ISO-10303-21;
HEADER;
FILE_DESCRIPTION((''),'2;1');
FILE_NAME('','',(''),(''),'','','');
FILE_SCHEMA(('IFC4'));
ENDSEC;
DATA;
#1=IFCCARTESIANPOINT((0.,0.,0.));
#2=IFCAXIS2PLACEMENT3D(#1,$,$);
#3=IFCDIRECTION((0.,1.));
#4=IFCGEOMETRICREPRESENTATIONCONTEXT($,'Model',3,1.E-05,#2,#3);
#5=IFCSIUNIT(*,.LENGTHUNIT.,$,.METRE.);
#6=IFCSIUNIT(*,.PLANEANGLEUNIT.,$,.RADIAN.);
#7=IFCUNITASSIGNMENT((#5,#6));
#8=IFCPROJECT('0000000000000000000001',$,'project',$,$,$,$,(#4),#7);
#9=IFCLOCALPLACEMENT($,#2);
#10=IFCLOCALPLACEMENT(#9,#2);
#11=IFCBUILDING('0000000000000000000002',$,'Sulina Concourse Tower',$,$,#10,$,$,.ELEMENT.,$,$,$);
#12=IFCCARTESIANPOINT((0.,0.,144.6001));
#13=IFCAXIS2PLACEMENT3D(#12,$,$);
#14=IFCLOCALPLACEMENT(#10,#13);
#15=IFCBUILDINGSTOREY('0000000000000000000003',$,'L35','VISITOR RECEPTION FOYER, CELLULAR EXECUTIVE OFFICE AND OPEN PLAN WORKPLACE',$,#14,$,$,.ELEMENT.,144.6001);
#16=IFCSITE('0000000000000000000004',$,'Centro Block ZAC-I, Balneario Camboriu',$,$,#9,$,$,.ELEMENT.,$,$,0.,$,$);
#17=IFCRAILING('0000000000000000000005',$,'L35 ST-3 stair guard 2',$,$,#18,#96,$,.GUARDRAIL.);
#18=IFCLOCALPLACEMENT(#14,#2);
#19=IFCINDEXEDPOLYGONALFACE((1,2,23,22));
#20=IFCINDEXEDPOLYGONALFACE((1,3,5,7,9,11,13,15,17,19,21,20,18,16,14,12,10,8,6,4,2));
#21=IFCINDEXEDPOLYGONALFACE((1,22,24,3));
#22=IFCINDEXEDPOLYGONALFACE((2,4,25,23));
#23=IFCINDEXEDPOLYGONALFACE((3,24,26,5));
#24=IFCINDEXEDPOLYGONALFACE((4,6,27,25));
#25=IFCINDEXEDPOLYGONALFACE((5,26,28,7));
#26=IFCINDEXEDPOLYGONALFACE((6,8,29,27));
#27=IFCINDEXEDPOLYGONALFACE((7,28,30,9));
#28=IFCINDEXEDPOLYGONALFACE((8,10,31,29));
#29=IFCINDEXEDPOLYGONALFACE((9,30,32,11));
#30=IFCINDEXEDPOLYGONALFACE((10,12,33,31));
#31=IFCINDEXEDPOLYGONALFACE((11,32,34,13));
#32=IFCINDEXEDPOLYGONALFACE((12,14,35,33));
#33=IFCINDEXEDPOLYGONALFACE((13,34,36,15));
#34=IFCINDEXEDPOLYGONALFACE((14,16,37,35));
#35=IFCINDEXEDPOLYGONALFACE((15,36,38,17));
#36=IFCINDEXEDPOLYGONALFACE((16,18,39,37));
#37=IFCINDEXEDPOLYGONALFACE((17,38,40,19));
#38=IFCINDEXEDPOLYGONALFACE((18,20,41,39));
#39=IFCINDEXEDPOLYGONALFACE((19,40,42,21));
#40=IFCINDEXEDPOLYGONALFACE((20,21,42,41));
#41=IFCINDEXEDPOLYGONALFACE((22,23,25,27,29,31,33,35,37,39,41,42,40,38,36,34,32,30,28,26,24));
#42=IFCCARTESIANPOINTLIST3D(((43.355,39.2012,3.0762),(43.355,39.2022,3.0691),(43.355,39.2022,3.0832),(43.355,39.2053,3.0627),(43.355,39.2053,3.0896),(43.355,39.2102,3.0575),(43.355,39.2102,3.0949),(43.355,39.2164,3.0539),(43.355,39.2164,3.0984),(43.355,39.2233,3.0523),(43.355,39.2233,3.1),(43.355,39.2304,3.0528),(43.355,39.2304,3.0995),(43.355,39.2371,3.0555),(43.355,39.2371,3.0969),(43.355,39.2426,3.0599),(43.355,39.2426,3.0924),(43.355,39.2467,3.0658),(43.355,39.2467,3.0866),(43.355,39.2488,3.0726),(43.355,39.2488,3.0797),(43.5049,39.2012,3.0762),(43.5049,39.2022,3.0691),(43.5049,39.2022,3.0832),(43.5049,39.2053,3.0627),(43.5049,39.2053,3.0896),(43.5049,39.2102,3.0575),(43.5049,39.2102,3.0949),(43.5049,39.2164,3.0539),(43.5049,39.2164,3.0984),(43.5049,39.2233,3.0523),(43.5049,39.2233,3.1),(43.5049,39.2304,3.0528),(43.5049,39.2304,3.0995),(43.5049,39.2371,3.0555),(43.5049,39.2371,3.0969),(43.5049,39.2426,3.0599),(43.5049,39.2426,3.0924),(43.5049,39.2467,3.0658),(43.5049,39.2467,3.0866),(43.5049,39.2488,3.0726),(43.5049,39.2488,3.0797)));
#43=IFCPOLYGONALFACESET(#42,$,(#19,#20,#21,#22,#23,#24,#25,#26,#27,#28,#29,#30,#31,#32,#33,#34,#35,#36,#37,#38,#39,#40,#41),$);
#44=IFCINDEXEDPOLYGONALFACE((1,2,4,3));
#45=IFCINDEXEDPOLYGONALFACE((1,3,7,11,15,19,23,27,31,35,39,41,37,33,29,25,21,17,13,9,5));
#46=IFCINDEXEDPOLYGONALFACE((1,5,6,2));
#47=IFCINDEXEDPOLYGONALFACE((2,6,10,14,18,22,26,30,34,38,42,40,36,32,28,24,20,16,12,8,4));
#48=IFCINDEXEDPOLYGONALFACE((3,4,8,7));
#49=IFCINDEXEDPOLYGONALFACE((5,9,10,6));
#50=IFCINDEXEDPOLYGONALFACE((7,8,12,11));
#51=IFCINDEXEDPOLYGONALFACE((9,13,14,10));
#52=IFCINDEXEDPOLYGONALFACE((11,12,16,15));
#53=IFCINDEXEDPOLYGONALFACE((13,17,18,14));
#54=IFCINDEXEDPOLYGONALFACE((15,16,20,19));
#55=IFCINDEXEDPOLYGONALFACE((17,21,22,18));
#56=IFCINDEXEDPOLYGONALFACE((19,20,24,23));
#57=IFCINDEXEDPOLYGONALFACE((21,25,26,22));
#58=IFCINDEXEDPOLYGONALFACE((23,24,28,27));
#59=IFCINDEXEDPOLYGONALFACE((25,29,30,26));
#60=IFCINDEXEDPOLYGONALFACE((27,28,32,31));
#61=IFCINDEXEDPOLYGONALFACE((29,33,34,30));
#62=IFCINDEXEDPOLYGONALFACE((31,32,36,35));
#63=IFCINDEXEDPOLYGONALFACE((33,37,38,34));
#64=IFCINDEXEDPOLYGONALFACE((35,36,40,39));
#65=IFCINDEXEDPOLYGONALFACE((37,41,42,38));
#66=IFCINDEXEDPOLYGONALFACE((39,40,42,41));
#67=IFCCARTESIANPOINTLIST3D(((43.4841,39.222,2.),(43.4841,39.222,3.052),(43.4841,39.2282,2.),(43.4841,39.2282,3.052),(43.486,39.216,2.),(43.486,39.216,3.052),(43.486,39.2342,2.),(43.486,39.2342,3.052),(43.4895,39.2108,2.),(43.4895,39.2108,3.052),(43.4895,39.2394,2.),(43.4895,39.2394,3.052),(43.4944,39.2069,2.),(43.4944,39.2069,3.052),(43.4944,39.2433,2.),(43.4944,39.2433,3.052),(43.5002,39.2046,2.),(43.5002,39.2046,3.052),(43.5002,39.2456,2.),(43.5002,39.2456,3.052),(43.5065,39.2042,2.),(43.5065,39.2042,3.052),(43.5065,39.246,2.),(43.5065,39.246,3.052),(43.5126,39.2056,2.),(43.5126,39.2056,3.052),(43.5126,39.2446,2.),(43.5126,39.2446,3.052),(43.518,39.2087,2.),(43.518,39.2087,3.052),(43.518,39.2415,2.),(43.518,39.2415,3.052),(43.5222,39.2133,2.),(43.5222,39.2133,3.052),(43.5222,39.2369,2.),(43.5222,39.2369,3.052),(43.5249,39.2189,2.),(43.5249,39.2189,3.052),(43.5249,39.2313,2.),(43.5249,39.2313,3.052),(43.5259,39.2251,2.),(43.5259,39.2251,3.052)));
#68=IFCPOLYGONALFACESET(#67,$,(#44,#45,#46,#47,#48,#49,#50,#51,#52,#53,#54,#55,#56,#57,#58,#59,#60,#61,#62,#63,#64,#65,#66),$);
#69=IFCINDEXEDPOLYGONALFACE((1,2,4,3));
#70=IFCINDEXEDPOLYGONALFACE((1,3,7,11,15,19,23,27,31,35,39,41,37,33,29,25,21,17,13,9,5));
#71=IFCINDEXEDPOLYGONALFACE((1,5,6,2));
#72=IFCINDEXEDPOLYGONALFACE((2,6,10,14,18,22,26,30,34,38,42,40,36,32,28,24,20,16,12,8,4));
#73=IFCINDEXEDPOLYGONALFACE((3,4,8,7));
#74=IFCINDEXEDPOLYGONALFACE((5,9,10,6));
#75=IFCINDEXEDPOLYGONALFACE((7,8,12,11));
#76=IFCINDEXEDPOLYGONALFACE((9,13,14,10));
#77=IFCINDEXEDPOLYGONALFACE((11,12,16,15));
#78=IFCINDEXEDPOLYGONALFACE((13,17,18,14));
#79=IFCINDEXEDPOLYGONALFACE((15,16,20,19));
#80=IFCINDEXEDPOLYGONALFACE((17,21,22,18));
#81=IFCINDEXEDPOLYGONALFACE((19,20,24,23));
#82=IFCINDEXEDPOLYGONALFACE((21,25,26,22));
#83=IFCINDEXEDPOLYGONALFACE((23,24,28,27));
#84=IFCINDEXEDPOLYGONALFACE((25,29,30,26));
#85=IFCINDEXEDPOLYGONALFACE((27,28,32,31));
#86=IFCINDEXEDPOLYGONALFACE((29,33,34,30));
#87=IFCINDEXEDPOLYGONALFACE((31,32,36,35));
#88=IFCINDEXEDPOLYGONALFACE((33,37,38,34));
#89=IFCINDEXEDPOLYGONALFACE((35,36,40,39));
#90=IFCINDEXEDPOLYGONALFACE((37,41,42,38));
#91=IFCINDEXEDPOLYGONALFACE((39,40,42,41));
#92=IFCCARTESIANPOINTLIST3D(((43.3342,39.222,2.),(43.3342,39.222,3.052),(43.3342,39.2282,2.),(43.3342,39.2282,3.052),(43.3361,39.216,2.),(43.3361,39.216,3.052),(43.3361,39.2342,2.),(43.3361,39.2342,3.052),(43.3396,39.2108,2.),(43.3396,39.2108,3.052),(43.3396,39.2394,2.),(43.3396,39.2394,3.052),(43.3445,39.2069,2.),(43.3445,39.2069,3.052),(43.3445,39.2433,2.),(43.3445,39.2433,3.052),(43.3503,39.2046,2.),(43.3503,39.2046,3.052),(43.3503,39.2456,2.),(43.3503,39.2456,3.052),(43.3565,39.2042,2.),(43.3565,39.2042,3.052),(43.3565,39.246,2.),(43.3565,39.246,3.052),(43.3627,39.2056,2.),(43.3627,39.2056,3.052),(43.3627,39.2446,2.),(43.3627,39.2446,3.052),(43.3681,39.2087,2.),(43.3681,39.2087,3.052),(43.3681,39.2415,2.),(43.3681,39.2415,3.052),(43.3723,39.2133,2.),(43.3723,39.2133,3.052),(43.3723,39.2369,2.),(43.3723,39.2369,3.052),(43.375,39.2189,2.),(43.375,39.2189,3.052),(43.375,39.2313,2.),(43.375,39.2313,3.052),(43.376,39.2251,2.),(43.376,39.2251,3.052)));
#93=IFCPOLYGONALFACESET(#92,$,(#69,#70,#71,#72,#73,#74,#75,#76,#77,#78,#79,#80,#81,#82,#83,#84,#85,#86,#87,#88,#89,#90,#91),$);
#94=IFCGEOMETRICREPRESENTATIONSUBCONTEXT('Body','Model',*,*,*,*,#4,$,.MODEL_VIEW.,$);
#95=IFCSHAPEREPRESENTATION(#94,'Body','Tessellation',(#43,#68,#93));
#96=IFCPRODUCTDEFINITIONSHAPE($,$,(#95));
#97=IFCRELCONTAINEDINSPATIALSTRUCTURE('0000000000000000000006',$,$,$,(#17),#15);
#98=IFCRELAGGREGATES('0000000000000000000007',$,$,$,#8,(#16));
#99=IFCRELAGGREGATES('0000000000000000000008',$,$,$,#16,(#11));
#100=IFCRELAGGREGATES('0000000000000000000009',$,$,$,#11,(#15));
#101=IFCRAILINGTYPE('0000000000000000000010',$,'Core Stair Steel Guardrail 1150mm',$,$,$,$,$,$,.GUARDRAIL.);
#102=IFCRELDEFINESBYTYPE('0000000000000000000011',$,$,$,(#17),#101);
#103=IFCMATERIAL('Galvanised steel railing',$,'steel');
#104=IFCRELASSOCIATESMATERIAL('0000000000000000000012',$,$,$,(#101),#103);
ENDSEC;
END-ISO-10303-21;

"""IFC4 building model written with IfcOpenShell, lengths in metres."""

from ifc_helpers import new_model, si_unit, direction, frame, origin, origin_2d, place, context, subcontext, project, spatial, circle, extrude, material, type_object, element, save


model = new_model("IFC4")

# Units and contexts
model_context = context("Model", 3, precision=1e-05, world=origin(), true_north=direction((0.0, 1.0)))
body_context = subcontext(model_context, "Body", "Model", "MODEL_VIEW")
ifc_project = project(units=[si_unit("LENGTHUNIT", "METRE"), si_unit("PLANEANGLEUNIT", "RADIAN")], contexts=[model_context])

# Site, building, storey
site_placement = place(None, origin())
site = spatial("IfcSite", under=ifc_project, at=site_placement, Name="Centro Block ZAC-I, Balneario Camboriu", CompositionType="ELEMENT", RefElevation=0.0)
building_placement = place(site_placement, origin())
building = spatial("IfcBuilding", under=site, at=building_placement, Name="Sulina Concourse Tower", CompositionType="ELEMENT")
storey_placement = place(building_placement, frame((0.0, 0.0, 144.6001)))
storey = spatial("IfcBuildingStorey", under=building, at=storey_placement, Name="L35", Description="VISITOR RECEPTION FOYER, CELLULAR EXECUTIVE OFFICE AND OPEN PLAN WORKPLACE", CompositionType="ELEMENT", Elevation=144.6001)

# Railing
ifc_material_1 = material(Name="Galvanised steel railing", Category="steel")
railing_type_1 = type_object("IfcRailingType", Name="Core Stair Steel Guardrail 1150mm", PredefinedType="GUARDRAIL", material=ifc_material_1)
railing_1_placement = place(storey_placement, frame((43.5049, 39.2251, 2.0)))
element("IfcRailing", 1, at=railing_1_placement, inside=storey, type_object=railing_type_1, Name="L35 ST-3 stair guard 2", PredefinedType="GUARDRAIL", context=body_context, shape_type="SweptSolid", body=[
    extrude(circle(Radius=0.0239, at=origin_2d()), frame((0.0, 0.0, 1.0762), z_axis=(-1.0, 0.0, 0.0), x_axis=(0.0, -1.0, 0.0)), (0.0, 0.0, 1.0), 0.1499),
    extrude(circle(Radius=0.021, at=origin_2d()), origin(), (0.0, 0.0, 1.0), 1.052),
    extrude(circle(Radius=0.021, at=origin_2d()), frame((-0.1499, 0.0, 0.0)), (0.0, 0.0, 1.0), 1.052),
])

save(model, "model.ifc")
